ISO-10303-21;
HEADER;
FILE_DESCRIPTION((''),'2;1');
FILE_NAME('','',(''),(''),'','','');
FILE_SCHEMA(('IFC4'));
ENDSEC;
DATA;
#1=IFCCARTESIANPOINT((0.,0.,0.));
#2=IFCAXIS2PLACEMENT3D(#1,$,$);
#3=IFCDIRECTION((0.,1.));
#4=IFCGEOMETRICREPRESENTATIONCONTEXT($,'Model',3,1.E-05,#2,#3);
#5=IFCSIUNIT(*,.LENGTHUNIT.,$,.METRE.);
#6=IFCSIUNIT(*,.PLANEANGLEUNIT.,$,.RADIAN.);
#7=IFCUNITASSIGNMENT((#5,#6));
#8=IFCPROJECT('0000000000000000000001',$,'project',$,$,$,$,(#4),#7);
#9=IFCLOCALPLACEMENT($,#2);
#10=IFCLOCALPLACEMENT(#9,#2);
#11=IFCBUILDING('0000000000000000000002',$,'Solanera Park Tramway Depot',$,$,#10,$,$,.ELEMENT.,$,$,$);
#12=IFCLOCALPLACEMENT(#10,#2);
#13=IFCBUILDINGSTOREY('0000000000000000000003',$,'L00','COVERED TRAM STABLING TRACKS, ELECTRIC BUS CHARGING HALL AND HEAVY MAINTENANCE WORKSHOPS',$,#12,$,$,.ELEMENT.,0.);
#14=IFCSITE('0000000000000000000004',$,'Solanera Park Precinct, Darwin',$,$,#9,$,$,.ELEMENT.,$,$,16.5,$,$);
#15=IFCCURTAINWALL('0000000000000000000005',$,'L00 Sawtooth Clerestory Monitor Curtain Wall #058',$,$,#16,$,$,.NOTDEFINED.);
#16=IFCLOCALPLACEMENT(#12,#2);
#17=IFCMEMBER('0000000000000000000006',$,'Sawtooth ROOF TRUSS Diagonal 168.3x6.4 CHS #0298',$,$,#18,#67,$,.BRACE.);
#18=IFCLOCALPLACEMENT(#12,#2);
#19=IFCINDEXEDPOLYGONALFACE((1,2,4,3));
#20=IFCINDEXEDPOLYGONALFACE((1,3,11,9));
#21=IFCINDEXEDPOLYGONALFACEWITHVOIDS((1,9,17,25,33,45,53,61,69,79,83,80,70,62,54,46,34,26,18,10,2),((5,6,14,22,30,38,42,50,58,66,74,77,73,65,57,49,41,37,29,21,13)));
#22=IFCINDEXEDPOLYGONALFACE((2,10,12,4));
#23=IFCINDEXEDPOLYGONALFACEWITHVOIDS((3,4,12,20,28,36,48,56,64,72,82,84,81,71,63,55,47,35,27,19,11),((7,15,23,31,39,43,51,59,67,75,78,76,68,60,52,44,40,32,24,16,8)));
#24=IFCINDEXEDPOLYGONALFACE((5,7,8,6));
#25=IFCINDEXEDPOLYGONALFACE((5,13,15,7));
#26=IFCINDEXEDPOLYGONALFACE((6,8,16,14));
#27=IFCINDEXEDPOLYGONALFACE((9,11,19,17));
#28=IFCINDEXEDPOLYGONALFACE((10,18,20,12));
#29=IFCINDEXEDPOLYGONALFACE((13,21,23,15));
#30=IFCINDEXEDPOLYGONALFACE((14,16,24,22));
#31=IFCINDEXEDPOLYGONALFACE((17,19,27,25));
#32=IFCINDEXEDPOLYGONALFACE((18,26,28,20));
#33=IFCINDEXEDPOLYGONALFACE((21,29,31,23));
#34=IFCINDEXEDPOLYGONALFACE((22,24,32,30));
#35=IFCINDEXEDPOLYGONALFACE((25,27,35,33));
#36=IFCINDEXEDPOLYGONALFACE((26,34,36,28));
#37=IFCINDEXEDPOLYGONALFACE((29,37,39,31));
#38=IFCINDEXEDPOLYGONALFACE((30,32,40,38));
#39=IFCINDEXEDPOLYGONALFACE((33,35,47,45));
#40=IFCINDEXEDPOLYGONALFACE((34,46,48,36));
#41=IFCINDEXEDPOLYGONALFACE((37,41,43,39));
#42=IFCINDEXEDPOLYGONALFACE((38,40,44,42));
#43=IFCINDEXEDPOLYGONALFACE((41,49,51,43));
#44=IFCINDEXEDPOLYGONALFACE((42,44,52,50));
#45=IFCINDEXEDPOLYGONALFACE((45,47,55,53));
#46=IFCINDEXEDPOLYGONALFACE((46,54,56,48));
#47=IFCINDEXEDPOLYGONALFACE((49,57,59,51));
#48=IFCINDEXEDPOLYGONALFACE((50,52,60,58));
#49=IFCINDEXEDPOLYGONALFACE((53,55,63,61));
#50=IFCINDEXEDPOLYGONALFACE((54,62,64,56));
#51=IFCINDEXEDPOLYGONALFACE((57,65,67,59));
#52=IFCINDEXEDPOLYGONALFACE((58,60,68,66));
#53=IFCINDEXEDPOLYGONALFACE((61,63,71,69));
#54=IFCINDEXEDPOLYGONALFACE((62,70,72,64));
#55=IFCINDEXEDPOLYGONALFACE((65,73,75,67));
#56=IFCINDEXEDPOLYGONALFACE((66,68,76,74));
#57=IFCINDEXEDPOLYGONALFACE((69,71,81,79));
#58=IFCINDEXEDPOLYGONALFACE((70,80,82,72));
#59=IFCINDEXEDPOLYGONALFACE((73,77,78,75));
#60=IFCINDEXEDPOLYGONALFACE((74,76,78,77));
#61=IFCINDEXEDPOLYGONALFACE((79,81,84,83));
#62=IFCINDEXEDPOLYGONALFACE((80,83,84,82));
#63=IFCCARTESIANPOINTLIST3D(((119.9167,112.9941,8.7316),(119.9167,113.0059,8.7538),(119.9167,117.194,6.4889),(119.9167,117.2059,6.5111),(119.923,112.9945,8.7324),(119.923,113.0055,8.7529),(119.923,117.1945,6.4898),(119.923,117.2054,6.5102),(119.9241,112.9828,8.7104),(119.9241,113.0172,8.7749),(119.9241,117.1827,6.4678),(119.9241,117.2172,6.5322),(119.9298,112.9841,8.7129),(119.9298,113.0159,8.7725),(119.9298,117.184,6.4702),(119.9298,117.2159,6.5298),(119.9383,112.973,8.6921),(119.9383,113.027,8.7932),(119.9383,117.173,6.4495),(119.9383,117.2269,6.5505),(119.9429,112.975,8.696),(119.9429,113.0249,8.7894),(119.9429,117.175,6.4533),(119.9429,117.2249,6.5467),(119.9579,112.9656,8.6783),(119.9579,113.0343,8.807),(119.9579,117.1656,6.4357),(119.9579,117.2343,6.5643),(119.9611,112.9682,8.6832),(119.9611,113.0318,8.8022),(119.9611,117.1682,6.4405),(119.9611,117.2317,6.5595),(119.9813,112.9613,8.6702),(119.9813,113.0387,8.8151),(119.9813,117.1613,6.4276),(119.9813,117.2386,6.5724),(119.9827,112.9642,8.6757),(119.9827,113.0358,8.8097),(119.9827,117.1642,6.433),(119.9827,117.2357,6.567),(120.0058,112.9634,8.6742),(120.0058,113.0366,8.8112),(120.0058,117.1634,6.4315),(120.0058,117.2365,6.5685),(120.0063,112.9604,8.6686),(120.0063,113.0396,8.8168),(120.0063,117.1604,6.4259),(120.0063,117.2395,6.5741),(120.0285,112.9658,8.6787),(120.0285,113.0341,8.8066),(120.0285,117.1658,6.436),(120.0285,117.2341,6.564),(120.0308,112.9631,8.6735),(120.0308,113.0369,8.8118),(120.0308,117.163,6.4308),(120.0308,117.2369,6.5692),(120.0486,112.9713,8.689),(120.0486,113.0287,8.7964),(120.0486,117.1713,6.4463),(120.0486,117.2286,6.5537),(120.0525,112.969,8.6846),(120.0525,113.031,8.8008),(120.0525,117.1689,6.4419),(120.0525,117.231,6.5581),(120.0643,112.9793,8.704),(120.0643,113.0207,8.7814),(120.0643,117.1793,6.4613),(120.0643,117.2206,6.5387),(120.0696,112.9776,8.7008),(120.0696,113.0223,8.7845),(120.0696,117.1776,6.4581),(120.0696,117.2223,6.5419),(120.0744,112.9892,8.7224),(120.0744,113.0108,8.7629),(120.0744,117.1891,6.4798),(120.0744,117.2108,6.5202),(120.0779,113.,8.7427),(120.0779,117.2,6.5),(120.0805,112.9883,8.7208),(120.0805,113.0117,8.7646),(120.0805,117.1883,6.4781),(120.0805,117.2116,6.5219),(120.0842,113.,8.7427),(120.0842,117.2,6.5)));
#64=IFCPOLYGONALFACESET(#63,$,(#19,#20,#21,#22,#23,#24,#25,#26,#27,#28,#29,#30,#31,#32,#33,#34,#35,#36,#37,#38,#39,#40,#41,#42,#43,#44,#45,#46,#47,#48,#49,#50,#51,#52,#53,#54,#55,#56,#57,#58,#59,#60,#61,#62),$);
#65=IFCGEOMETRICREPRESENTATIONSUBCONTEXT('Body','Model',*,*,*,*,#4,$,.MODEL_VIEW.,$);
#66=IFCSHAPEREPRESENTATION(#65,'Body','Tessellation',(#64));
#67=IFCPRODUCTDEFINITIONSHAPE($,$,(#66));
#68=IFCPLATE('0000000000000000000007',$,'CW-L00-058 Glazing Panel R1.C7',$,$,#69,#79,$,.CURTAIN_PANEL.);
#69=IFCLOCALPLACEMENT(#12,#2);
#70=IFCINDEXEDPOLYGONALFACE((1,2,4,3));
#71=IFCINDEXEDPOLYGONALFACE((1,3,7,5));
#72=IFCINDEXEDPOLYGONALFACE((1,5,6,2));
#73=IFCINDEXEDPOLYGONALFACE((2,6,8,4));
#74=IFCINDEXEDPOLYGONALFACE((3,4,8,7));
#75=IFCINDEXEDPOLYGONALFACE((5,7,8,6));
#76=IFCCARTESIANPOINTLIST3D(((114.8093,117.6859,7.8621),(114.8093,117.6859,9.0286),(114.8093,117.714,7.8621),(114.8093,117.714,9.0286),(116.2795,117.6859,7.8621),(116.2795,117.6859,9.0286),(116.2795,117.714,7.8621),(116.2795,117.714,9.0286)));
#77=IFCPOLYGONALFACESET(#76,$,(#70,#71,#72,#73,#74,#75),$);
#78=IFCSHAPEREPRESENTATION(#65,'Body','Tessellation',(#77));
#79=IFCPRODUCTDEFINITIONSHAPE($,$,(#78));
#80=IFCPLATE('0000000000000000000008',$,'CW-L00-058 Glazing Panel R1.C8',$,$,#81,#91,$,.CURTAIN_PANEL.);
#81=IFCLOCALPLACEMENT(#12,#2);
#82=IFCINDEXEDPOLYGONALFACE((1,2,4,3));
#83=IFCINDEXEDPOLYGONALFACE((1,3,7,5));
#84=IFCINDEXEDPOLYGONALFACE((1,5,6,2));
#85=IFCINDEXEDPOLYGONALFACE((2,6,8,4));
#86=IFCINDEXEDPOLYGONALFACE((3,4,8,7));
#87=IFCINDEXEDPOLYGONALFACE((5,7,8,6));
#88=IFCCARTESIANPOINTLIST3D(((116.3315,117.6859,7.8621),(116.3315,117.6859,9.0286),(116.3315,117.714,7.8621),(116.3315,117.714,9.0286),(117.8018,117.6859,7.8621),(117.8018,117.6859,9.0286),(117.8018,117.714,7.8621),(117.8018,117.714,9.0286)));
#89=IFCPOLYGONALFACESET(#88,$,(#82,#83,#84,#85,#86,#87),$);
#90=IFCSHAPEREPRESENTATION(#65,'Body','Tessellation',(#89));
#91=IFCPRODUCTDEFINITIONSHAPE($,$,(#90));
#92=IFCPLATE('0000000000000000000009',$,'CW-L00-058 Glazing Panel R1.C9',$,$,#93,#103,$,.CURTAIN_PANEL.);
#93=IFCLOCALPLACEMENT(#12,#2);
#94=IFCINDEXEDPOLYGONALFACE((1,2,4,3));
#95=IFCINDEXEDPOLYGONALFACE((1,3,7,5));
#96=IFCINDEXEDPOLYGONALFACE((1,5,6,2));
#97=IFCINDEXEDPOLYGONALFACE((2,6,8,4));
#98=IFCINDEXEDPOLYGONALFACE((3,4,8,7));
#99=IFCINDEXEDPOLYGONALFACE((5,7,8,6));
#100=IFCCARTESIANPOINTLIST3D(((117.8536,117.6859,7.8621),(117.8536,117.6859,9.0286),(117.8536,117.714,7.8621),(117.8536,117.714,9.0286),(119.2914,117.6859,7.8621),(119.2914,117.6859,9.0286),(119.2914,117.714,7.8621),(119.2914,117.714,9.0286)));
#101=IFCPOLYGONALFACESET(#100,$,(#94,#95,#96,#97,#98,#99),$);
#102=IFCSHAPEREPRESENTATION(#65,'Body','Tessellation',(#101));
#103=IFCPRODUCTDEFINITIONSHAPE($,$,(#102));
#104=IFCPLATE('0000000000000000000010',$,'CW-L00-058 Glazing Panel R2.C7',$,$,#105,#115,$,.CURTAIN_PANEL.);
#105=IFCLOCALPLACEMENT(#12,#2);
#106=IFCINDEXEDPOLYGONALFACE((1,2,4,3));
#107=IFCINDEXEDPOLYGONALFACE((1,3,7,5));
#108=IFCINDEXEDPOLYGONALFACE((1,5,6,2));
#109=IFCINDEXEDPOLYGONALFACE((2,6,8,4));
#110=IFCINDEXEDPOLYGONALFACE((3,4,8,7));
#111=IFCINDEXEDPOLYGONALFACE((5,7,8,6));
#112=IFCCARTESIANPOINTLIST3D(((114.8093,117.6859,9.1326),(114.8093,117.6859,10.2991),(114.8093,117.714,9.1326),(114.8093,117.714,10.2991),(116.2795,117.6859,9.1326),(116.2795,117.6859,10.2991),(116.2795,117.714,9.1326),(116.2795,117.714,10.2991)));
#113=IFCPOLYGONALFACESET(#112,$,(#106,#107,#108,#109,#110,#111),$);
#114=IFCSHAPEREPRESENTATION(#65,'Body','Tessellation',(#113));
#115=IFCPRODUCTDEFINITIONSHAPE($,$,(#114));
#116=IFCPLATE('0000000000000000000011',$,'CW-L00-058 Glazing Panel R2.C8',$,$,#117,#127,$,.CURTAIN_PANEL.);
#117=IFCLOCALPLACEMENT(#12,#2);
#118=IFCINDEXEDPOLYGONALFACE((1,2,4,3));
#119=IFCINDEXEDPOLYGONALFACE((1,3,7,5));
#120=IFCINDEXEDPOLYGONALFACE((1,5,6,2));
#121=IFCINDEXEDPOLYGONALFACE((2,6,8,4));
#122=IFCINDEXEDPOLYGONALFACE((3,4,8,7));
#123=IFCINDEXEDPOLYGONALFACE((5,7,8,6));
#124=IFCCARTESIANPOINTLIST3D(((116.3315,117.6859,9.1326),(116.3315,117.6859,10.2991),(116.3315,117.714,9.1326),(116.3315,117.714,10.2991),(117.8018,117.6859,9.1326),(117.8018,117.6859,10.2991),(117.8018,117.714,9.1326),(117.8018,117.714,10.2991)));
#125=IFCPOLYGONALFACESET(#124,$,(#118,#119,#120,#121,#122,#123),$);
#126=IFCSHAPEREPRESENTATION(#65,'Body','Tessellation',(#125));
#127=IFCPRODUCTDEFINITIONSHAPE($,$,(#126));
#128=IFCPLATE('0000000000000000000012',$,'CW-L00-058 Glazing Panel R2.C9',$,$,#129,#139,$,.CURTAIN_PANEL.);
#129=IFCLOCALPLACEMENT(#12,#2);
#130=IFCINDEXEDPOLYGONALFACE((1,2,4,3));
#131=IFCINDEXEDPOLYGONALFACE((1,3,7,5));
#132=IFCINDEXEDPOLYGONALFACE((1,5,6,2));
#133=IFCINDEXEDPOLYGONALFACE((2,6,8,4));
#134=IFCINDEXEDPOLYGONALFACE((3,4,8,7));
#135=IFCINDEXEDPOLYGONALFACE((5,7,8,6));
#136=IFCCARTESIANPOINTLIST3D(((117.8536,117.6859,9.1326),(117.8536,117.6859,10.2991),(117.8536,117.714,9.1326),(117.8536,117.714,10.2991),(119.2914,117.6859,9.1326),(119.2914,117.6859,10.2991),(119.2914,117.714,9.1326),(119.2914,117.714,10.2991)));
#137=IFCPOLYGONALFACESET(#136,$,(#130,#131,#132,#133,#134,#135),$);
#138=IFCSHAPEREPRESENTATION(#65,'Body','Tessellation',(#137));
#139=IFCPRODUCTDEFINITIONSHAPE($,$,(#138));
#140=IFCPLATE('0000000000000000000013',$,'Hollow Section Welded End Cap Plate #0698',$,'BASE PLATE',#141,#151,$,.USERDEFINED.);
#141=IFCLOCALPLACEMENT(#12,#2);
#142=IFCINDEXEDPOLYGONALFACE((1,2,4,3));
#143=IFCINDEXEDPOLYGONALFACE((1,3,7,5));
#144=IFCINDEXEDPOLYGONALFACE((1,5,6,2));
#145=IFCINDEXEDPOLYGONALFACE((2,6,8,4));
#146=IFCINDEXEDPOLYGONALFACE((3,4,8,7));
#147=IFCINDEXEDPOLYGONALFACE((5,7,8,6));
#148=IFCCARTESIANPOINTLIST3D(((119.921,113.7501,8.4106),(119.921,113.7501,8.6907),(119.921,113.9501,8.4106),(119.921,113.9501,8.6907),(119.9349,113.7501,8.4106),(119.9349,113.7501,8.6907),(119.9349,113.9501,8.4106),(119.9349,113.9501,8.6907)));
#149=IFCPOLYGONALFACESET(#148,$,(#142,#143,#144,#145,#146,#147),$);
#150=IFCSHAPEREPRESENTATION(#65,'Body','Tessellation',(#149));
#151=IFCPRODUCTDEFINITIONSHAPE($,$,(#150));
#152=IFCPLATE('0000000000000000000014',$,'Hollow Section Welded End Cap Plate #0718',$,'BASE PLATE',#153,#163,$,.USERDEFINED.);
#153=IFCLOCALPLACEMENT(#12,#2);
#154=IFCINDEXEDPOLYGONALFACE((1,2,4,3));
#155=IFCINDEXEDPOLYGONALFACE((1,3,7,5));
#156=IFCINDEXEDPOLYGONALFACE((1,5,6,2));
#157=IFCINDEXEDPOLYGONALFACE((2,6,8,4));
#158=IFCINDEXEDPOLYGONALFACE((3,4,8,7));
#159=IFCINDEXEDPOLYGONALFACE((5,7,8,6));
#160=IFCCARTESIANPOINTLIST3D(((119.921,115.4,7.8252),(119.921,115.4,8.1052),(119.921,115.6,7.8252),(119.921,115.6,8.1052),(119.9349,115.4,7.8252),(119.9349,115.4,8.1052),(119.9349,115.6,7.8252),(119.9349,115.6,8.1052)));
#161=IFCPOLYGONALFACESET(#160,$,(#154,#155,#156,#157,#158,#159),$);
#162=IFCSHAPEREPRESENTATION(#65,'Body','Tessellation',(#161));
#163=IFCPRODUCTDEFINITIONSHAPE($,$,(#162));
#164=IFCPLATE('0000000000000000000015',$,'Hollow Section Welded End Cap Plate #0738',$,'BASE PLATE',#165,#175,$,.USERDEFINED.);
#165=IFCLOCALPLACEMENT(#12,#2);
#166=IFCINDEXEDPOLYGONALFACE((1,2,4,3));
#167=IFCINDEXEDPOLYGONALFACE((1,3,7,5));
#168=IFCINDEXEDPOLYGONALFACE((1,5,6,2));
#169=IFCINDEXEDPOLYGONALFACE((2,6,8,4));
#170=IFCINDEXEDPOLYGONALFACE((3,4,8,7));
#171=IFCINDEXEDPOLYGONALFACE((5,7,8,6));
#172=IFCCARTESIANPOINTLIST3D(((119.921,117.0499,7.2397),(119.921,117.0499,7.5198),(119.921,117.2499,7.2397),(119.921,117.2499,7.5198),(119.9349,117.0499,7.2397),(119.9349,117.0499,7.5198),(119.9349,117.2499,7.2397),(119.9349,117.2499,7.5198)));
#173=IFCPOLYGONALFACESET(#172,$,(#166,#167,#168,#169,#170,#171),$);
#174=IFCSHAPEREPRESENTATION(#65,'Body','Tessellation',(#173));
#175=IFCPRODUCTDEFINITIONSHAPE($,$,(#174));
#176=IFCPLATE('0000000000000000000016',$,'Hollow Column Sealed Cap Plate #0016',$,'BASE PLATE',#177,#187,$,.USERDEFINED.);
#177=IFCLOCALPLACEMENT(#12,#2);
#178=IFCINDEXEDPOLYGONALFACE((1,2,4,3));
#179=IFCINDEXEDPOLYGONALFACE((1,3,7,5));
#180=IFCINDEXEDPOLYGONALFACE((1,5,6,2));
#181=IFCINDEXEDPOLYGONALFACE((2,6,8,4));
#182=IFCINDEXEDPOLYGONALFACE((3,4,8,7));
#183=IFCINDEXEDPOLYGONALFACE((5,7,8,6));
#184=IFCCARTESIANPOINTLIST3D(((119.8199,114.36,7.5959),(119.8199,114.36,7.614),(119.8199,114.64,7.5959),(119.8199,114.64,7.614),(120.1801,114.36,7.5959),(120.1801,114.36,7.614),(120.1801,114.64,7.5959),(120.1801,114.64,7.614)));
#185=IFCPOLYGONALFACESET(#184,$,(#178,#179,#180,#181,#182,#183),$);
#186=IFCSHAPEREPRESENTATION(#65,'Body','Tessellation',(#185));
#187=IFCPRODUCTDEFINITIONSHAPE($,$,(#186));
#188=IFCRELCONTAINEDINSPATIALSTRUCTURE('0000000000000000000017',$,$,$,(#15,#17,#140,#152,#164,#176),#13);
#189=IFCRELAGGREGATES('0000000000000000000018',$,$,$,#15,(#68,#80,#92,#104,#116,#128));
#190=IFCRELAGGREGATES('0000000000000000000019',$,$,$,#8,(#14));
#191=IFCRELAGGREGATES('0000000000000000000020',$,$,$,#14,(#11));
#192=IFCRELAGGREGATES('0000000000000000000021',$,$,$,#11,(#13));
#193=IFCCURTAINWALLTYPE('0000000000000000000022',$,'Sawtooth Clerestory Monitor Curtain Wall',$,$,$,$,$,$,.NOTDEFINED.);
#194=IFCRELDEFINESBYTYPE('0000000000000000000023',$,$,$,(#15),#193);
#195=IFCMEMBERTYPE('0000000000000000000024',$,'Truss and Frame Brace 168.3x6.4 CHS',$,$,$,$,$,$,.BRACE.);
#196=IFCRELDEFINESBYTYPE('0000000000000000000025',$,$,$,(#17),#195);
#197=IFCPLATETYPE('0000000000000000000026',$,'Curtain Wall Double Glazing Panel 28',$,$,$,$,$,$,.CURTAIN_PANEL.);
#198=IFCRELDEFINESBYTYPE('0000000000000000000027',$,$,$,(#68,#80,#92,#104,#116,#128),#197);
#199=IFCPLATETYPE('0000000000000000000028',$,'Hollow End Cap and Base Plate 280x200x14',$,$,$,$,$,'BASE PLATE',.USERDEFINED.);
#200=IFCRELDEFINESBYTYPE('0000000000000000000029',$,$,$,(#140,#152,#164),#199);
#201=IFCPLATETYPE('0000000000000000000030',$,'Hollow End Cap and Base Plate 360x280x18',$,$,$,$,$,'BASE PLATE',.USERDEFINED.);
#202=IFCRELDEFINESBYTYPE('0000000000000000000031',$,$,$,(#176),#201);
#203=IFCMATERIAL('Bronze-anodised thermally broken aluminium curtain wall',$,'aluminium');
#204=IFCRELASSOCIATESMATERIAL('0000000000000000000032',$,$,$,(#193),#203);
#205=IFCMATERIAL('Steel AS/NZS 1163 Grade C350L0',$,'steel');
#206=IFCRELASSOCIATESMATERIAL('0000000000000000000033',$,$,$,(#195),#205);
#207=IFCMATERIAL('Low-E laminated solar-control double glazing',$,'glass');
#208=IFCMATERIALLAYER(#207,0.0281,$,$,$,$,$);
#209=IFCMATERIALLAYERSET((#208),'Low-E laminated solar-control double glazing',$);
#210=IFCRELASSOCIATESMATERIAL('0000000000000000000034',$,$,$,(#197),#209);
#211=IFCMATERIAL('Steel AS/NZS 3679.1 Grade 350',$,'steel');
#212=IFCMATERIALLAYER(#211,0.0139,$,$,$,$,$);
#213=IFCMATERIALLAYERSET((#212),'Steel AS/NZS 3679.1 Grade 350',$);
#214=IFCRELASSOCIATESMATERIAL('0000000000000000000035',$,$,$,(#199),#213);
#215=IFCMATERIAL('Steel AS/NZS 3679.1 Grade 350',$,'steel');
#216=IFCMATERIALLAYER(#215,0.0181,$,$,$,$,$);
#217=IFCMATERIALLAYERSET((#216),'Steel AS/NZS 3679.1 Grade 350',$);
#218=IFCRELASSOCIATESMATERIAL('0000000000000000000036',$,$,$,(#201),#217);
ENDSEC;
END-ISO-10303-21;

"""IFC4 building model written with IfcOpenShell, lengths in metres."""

from ifc_helpers import new_model, si_unit, direction, frame, origin, origin_2d, place, context, subcontext, project, spatial, rectangle, hollow_circle, extrude, material, layer, layer_set, material_profile, profile_set, type_object, element, aggregate, save


model = new_model("IFC4")

# Units and contexts
model_context = context("Model", 3, precision=1e-05, world=origin(), true_north=direction((0.0, 1.0)))
body_context = subcontext(model_context, "Body", "Model", "MODEL_VIEW")
ifc_project = project(units=[si_unit("LENGTHUNIT", "METRE"), si_unit("PLANEANGLEUNIT", "RADIAN")], contexts=[model_context])

# Site, building, storey
site_placement = place(None, origin())
site = spatial("IfcSite", under=ifc_project, at=site_placement, Name="Solanera Park Precinct, Darwin", CompositionType="ELEMENT", RefElevation=16.5)
building_placement = place(site_placement, origin())
building = spatial("IfcBuilding", under=site, at=building_placement, Name="Solanera Park Tramway Depot", CompositionType="ELEMENT")
storey_placement = place(building_placement, origin())
storey = spatial("IfcBuildingStorey", under=building, at=storey_placement, Name="L00", Description="COVERED TRAM STABLING TRACKS, ELECTRIC BUS CHARGING HALL AND HEAVY MAINTENANCE WORKSHOPS", CompositionType="ELEMENT", Elevation=0.0)

# Curtain wall
ifc_material_1 = material(Name="Bronze-anodised thermally broken aluminium curtain wall", Category="aluminium")
curtain_wall_type = type_object("IfcCurtainWallType", Name="Sawtooth Clerestory Monitor Curtain Wall", PredefinedType="NOTDEFINED", material=ifc_material_1)
curtain_wall_placement = place(storey_placement, origin())
curtain_wall = element("IfcCurtainWall", 1, at=curtain_wall_placement, inside=storey, type_object=curtain_wall_type, Name="L00 Sawtooth Clerestory Monitor Curtain Wall #058", PredefinedType="NOTDEFINED")

# Member
ifc_material_2 = material(Name="Steel AS/NZS 1163 Grade C350L0", Category="steel")
ifc_material_profile_1 = material_profile(ifc_material_2, hollow_circle(Radius=0.0842, WallThickness=0.0063, at=origin_2d()), Name="168.3x6.4 CHS")
ifc_profile_set_1 = profile_set([ifc_material_profile_1], Name="Steel AS/NZS 1163 Grade C350L0")
member_type_1 = type_object("IfcMemberType", Name="Truss and Frame Brace 168.3x6.4 CHS", PredefinedType="BRACE", material=ifc_profile_set_1)
member_1_placement = place(storey_placement, frame((120.0, 117.2, 6.5), z_axis=(0.0, -0.882117, 0.47103), x_axis=(1.0, 0.0, 0.0)))
element("IfcMember", 2, at=member_1_placement, inside=storey, type_object=member_type_1, Name="Sawtooth ROOF TRUSS Diagonal 168.3x6.4 CHS #0298", PredefinedType="BRACE", context=body_context, shape_type="SweptSolid", body=[
    extrude(hollow_circle(Radius=0.0842, WallThickness=0.0063, at=origin_2d()), origin(), (0.0, 0.0, 1.0), 4.7612),
])

# Plates
ifc_material_3 = material(Name="Low-E laminated solar-control double glazing", Category="glass")
ifc_layer_1 = layer(ifc_material_3, 0.0281)
ifc_layer_set_1 = layer_set([ifc_layer_1], Name="Low-E laminated solar-control double glazing")
plate_type_1 = type_object("IfcPlateType", Name="Curtain Wall Double Glazing Panel 28", PredefinedType="CURTAIN_PANEL", material=ifc_layer_set_1)
plate_1_placement = place(storey_placement, frame((115.5444, 117.7, 7.8621), z_axis=(0.0, 0.0, 1.0), x_axis=(1.0, 0.0, 0.0)))
plate_1 = element("IfcPlate", 3, at=plate_1_placement, type_object=plate_type_1, Name="CW-L00-058 Glazing Panel R1.C7", PredefinedType="CURTAIN_PANEL", context=body_context, shape_type="SweptSolid", body=[
    extrude(rectangle(XDim=1.4702, YDim=0.0281, at=origin_2d()), origin(), (0.0, 0.0, 1.0), 1.1665),
])
plate_2_placement = place(storey_placement, frame((117.0667, 117.7, 7.8621), z_axis=(0.0, 0.0, 1.0), x_axis=(1.0, 0.0, 0.0)))
plate_2 = element("IfcPlate", 4, at=plate_2_placement, type_object=plate_type_1, Name="CW-L00-058 Glazing Panel R1.C8", PredefinedType="CURTAIN_PANEL", context=body_context, shape_type="SweptSolid", body=[
    extrude(rectangle(XDim=1.4702, YDim=0.0281, at=origin_2d()), origin(), (0.0, 0.0, 1.0), 1.1665),
])
plate_3_placement = place(storey_placement, frame((118.5725, 117.7, 7.8621), z_axis=(0.0, 0.0, 1.0), x_axis=(1.0, 0.0, 0.0)))
plate_3 = element("IfcPlate", 5, at=plate_3_placement, type_object=plate_type_1, Name="CW-L00-058 Glazing Panel R1.C9", PredefinedType="CURTAIN_PANEL", context=body_context, shape_type="SweptSolid", body=[
    extrude(rectangle(XDim=1.4377, YDim=0.0281, at=origin_2d()), origin(), (0.0, 0.0, 1.0), 1.1665),
])
plate_4_placement = place(storey_placement, frame((115.5444, 117.7, 9.1326), z_axis=(0.0, 0.0, 1.0), x_axis=(1.0, 0.0, 0.0)))
plate_4 = element("IfcPlate", 6, at=plate_4_placement, type_object=plate_type_1, Name="CW-L00-058 Glazing Panel R2.C7", PredefinedType="CURTAIN_PANEL", context=body_context, shape_type="SweptSolid", body=[
    extrude(rectangle(XDim=1.4702, YDim=0.0281, at=origin_2d()), origin(), (0.0, 0.0, 1.0), 1.1665),
])
plate_5_placement = place(storey_placement, frame((117.0667, 117.7, 9.1326), z_axis=(0.0, 0.0, 1.0), x_axis=(1.0, 0.0, 0.0)))
plate_5 = element("IfcPlate", 7, at=plate_5_placement, type_object=plate_type_1, Name="CW-L00-058 Glazing Panel R2.C8", PredefinedType="CURTAIN_PANEL", context=body_context, shape_type="SweptSolid", body=[
    extrude(rectangle(XDim=1.4702, YDim=0.0281, at=origin_2d()), origin(), (0.0, 0.0, 1.0), 1.1665),
])
plate_6_placement = place(storey_placement, frame((118.5725, 117.7, 9.1326), z_axis=(0.0, 0.0, 1.0), x_axis=(1.0, 0.0, 0.0)))
plate_6 = element("IfcPlate", 8, at=plate_6_placement, type_object=plate_type_1, Name="CW-L00-058 Glazing Panel R2.C9", PredefinedType="CURTAIN_PANEL", context=body_context, shape_type="SweptSolid", body=[
    extrude(rectangle(XDim=1.4377, YDim=0.0281, at=origin_2d()), origin(), (0.0, 0.0, 1.0), 1.1665),
])
aggregate(curtain_wall, [plate_1, plate_2, plate_3, plate_4, plate_5, plate_6])

# Plates
ifc_material_4 = material(Name="Steel AS/NZS 3679.1 Grade 350", Category="steel")
ifc_layer_2 = layer(ifc_material_4, 0.0139)
ifc_layer_set_2 = layer_set([ifc_layer_2], Name="Steel AS/NZS 3679.1 Grade 350")
plate_type_2 = type_object("IfcPlateType", Name="Hollow End Cap and Base Plate 280x200x14", ElementType="BASE PLATE", PredefinedType="USERDEFINED", material=ifc_layer_set_2)
for number, where, z_axis, x_axis, name in (
    (9, (119.928, 113.8501, 8.4106), (0.0, 0.0, 1.0), (1.0, 0.0, 0.0), "Hollow Section Welded End Cap Plate #0698"),
    (10, (119.928, 115.5, 7.8252), (0.0, 0.0, 1.0), (1.0, 0.0, 0.0), "Hollow Section Welded End Cap Plate #0718"),
    (11, (119.928, 117.1499, 7.2397), (0.0, 0.0, 1.0), (1.0, 0.0, 0.0), "Hollow Section Welded End Cap Plate #0738"),
):
    element("IfcPlate", number, at=place(storey_placement, frame(where, z_axis=z_axis, x_axis=x_axis)), inside=storey, type_object=plate_type_2, Name=name, ObjectType="BASE PLATE", PredefinedType="USERDEFINED", context=body_context, shape_type="SweptSolid", body=[
        extrude(rectangle(XDim=0.0139, YDim=0.2, at=origin_2d()), origin(), (0.0, 0.0, 1.0), 0.28),
    ])
ifc_material_5 = material(Name="Steel AS/NZS 3679.1 Grade 350", Category="steel")
ifc_layer_3 = layer(ifc_material_5, 0.0181)
ifc_layer_set_3 = layer_set([ifc_layer_3], Name="Steel AS/NZS 3679.1 Grade 350")
plate_type_3 = type_object("IfcPlateType", Name="Hollow End Cap and Base Plate 360x280x18", ElementType="BASE PLATE", PredefinedType="USERDEFINED", material=ifc_layer_set_3)
plate_7_placement = place(storey_placement, frame((120.0, 114.5, 7.5959), z_axis=(0.0, 0.0, 1.0), x_axis=(1.0, 0.0, 0.0)))
element("IfcPlate", 12, at=plate_7_placement, inside=storey, type_object=plate_type_3, Name="Hollow Column Sealed Cap Plate #0016", ObjectType="BASE PLATE", PredefinedType="USERDEFINED", context=body_context, shape_type="SweptSolid", body=[
    extrude(rectangle(XDim=0.3601, YDim=0.28, at=origin_2d()), origin(), (0.0, 0.0, 1.0), 0.0181),
])

save(model, "model.ifc")
